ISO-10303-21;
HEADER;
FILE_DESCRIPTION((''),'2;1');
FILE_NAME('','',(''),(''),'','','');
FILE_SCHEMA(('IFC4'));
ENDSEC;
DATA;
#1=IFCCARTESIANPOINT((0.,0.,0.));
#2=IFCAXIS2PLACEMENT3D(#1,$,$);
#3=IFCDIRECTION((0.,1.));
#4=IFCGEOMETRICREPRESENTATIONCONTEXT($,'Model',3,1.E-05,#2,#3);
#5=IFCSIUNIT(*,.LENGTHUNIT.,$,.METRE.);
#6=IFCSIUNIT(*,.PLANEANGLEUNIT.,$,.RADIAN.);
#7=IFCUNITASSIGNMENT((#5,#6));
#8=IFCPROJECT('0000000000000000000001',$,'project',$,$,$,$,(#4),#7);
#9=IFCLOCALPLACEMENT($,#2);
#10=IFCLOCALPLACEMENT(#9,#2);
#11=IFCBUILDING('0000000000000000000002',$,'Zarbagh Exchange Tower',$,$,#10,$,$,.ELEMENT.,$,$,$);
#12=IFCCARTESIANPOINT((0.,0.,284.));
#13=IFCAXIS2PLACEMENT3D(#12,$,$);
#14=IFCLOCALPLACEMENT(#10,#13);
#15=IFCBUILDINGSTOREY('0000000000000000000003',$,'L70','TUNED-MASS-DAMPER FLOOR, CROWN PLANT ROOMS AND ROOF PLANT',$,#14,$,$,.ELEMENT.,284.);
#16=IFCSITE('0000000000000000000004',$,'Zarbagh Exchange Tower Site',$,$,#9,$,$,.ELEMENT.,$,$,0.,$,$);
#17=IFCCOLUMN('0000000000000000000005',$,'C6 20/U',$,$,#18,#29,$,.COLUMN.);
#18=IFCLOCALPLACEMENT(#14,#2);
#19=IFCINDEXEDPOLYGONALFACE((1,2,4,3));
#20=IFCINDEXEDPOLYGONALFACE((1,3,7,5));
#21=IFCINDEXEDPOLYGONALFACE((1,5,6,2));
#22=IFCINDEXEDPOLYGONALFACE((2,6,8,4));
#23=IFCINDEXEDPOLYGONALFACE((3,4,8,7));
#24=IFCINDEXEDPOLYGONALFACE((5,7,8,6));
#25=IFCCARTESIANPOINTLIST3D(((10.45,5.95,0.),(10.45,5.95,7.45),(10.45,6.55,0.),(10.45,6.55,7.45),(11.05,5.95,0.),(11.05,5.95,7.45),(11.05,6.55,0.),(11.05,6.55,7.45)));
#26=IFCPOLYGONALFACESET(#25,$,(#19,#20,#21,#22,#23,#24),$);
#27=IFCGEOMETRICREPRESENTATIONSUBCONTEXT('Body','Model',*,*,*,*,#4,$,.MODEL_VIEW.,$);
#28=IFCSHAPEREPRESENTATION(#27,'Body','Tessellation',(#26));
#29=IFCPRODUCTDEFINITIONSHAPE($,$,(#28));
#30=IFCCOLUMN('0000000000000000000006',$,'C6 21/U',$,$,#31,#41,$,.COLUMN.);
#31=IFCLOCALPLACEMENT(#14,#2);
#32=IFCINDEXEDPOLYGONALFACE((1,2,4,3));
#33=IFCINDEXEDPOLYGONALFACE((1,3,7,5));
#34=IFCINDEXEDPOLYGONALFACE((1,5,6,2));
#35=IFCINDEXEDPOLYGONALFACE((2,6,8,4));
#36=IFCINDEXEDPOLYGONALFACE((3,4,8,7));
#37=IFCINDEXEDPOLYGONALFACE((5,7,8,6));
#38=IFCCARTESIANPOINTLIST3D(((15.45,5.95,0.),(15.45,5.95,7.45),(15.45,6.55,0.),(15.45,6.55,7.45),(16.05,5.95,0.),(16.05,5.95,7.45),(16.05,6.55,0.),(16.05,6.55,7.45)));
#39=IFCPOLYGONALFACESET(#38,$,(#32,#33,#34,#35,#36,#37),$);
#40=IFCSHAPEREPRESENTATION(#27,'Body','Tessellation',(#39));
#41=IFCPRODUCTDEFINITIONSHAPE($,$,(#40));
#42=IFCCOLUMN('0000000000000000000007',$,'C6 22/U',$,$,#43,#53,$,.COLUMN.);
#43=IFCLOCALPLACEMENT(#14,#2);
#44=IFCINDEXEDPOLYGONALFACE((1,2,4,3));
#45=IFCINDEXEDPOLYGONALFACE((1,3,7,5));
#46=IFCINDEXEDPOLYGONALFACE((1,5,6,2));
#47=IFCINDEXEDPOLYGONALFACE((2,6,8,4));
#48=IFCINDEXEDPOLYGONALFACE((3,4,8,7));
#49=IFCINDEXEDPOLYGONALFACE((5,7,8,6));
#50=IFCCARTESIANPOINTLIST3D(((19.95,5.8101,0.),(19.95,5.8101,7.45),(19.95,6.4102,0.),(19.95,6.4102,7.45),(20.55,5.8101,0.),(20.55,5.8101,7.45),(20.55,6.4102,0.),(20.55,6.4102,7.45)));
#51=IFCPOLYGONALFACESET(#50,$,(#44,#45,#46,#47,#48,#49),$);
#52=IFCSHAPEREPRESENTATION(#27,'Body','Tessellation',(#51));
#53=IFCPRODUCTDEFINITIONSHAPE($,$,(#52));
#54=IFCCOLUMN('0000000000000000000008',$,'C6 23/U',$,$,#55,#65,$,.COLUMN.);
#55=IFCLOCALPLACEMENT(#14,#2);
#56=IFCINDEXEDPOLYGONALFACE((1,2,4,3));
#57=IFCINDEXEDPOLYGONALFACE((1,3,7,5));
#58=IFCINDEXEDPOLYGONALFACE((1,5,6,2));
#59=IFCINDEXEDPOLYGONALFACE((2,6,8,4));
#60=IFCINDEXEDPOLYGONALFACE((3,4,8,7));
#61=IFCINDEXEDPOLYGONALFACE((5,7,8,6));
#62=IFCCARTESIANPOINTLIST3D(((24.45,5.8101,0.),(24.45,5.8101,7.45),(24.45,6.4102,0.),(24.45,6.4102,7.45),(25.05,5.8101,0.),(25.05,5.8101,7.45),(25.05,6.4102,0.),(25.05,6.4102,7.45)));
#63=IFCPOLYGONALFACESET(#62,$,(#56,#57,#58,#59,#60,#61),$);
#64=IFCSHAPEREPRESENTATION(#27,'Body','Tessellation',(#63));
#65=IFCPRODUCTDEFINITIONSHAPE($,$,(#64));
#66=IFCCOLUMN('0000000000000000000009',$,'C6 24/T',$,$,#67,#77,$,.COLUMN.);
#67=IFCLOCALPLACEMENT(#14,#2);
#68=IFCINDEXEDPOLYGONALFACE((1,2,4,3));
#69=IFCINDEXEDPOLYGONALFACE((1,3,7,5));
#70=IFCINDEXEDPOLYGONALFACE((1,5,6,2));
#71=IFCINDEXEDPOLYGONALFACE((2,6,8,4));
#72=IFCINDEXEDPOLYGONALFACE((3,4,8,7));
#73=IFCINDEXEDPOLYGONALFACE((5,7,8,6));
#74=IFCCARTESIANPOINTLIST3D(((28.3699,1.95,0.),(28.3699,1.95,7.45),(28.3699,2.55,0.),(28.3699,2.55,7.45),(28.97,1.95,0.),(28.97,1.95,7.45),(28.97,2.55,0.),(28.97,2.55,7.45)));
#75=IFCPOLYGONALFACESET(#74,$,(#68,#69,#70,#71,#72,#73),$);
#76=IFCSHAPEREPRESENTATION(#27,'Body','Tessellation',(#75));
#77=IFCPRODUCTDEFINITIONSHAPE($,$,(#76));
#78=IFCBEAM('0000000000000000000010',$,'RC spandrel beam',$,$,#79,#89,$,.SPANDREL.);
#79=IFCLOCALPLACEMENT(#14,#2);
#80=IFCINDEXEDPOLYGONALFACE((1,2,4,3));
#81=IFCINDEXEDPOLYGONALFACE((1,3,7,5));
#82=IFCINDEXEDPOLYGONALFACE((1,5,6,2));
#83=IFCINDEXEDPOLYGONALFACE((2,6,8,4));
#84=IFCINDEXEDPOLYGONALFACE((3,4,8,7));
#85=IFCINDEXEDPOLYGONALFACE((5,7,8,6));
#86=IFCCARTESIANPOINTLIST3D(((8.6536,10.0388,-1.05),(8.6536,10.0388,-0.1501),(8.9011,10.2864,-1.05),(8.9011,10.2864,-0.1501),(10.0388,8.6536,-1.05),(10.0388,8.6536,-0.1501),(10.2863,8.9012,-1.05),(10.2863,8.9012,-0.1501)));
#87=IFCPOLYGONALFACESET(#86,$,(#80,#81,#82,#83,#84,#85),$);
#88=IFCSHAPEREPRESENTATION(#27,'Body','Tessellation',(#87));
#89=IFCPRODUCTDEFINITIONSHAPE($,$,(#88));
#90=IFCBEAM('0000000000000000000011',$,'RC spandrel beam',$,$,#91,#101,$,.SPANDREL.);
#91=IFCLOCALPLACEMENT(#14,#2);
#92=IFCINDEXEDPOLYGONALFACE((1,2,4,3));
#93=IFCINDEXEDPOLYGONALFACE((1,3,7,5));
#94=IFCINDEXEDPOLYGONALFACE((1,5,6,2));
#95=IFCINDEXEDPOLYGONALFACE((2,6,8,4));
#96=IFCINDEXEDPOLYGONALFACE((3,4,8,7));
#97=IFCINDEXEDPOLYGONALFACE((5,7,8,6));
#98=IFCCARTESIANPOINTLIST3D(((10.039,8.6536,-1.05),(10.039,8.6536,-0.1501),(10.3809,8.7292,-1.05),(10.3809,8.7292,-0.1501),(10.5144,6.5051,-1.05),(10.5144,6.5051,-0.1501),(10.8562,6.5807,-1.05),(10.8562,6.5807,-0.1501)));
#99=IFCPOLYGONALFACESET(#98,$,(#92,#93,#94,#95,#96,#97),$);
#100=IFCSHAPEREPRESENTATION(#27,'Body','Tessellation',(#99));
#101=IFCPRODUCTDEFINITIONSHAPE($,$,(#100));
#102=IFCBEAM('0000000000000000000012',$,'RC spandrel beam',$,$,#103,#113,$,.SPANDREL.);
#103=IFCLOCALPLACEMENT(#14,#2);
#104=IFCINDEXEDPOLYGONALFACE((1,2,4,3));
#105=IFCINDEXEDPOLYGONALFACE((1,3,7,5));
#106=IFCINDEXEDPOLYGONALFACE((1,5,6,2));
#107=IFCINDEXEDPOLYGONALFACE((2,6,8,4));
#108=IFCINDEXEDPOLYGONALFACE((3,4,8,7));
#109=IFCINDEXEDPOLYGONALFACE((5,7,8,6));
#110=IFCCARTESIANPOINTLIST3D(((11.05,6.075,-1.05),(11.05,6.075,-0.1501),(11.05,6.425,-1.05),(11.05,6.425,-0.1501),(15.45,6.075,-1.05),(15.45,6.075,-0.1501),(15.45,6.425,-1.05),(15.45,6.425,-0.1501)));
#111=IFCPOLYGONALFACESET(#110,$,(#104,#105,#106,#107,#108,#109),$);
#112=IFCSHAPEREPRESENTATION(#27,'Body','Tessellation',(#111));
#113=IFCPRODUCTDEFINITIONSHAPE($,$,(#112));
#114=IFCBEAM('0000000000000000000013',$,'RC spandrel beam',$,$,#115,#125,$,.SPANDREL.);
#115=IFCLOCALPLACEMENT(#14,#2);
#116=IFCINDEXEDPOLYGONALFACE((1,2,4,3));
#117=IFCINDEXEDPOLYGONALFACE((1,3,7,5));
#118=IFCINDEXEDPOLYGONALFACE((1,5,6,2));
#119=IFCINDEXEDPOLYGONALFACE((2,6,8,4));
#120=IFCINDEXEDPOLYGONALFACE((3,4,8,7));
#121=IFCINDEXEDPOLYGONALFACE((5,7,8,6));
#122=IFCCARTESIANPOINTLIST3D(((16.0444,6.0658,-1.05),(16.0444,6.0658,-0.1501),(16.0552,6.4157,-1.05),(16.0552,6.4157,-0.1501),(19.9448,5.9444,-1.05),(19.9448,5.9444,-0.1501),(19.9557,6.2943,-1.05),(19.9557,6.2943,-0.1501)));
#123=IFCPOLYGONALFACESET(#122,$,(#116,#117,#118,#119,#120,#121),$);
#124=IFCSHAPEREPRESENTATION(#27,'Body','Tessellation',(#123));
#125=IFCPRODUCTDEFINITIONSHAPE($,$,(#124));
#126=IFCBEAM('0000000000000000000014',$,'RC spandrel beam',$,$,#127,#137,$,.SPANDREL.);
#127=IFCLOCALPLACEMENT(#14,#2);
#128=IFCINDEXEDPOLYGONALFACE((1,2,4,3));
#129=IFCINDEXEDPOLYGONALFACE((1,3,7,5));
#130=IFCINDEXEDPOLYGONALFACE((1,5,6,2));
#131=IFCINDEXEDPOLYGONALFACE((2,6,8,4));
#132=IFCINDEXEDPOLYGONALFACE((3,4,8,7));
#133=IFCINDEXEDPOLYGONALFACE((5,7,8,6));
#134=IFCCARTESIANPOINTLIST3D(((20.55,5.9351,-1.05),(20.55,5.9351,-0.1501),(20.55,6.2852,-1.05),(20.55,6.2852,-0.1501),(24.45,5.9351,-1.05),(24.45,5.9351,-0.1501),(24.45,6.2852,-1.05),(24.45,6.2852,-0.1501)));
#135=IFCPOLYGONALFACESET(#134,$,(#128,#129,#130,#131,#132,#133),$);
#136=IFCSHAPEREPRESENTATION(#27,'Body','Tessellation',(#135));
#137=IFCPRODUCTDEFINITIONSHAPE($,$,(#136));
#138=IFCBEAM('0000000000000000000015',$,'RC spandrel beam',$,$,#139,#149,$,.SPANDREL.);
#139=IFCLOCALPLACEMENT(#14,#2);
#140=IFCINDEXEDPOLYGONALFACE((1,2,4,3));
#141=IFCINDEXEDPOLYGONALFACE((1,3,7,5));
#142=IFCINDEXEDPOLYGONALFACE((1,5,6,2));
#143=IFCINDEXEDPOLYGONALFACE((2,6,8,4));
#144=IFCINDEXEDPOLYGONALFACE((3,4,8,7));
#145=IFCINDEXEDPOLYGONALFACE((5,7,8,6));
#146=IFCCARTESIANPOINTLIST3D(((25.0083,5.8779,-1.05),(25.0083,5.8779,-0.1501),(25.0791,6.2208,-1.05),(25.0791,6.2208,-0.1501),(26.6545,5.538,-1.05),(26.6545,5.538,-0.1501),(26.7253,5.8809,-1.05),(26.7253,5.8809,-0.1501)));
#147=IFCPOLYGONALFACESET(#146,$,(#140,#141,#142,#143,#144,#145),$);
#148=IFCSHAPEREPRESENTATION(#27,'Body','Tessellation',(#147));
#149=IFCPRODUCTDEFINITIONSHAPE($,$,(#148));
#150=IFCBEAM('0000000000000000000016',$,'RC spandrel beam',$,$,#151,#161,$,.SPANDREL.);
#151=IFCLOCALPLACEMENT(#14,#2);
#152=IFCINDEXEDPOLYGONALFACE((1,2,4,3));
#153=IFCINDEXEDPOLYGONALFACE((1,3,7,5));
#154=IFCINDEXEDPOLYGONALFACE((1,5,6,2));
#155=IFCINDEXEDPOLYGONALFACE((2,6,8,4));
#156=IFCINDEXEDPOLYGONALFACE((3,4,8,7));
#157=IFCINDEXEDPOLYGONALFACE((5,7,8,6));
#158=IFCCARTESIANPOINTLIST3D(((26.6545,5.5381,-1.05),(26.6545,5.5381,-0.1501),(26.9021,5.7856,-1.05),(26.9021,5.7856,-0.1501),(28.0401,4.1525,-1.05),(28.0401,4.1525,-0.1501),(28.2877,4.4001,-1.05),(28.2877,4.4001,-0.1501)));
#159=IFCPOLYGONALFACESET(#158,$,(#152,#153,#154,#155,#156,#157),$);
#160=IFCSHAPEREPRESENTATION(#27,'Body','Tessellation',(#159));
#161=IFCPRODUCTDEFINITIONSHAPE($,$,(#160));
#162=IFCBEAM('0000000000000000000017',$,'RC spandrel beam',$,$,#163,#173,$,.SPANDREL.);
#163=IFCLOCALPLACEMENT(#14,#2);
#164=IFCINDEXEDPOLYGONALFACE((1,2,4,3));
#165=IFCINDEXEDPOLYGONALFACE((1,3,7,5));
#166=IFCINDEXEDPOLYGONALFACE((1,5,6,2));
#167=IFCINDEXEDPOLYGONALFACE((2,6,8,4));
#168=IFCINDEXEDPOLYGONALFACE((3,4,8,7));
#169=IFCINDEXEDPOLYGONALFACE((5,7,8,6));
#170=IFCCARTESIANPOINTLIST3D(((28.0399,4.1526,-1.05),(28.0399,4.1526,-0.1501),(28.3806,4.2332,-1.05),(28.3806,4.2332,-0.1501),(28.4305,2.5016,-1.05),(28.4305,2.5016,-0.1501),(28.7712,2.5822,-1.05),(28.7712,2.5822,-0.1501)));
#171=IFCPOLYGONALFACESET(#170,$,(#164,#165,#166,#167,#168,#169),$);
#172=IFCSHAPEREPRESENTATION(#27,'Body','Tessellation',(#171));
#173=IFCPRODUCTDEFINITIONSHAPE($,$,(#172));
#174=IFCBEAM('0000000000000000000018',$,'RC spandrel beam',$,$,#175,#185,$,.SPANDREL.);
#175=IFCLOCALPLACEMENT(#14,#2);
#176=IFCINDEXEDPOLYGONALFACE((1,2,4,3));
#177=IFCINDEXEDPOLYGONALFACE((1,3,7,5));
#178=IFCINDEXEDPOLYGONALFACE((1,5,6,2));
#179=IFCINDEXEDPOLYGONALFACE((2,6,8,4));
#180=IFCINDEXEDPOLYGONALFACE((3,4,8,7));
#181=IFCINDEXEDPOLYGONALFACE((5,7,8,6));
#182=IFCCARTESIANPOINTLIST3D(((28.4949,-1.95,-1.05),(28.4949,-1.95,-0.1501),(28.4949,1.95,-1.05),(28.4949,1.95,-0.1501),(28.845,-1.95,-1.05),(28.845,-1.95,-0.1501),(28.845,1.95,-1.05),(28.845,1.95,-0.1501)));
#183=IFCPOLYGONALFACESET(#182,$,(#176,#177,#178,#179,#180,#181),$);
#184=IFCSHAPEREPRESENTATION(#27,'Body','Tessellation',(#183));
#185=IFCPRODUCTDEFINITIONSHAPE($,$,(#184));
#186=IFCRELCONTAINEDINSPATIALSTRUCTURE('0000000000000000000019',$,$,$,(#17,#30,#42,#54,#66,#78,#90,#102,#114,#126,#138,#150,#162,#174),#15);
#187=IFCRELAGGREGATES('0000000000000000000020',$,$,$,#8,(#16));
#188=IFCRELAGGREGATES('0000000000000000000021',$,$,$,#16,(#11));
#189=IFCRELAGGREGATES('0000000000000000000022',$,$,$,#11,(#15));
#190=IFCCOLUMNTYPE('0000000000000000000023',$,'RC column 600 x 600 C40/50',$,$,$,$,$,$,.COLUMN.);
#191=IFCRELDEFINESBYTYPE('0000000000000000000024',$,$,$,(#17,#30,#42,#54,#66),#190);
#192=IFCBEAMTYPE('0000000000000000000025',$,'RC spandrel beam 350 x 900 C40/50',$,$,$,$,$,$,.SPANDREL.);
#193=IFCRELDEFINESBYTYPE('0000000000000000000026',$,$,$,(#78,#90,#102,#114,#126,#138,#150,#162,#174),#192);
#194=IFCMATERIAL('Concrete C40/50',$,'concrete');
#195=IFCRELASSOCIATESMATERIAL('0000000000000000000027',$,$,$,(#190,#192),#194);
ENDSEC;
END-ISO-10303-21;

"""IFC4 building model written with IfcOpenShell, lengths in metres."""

from ifc_helpers import new_model, si_unit, direction, frame, origin, origin_2d, place, context, subcontext, project, spatial, rectangle, extrude, material, material_profile, profile_set, type_object, element, save


model = new_model("IFC4")

# Units and contexts
model_context = context("Model", 3, precision=1e-05, world=origin(), true_north=direction((0.0, 1.0)))
body_context = subcontext(model_context, "Body", "Model", "MODEL_VIEW")
ifc_project = project(units=[si_unit("LENGTHUNIT", "METRE"), si_unit("PLANEANGLEUNIT", "RADIAN")], contexts=[model_context])

# Site, building, storey
site_placement = place(None, origin())
site = spatial("IfcSite", under=ifc_project, at=site_placement, Name="Zarbagh Exchange Tower Site", CompositionType="ELEMENT", RefElevation=0.0)
building_placement = place(site_placement, origin())
building = spatial("IfcBuilding", under=site, at=building_placement, Name="Zarbagh Exchange Tower", CompositionType="ELEMENT")
storey_placement = place(building_placement, frame((0.0, 0.0, 284.0)))
storey = spatial("IfcBuildingStorey", under=building, at=storey_placement, Name="L70", Description="TUNED-MASS-DAMPER FLOOR, CROWN PLANT ROOMS AND ROOF PLANT", CompositionType="ELEMENT", Elevation=284.0)

# Columns
ifc_material_1 = material(Name="Concrete C40/50", Category="concrete")
ifc_material_profile_1 = material_profile(ifc_material_1, rectangle(XDim=0.6001, YDim=0.6001, at=origin_2d()), Name="RC column 600 x 600 C40/50")
ifc_profile_set_1 = profile_set([ifc_material_profile_1], Name="Concrete C40/50")
column_type = type_object("IfcColumnType", Name="RC column 600 x 600 C40/50", PredefinedType="COLUMN", material=ifc_profile_set_1)
for number, where, z_axis, x_axis, name in (
    (1, (10.75, 6.25, 0.0), (0.0, 0.0, 1.0), (1.0, 0.0, 0.0), "C6 20/U"),
    (2, (15.75, 6.25, 0.0), (0.0, 0.0, 1.0), (1.0, 0.0, 0.0), "C6 21/U"),
    (3, (20.25, 6.1101, 0.0), (0.0, 0.0, 1.0), (1.0, 0.0, 0.0), "C6 22/U"),
    (4, (24.75, 6.1101, 0.0), (0.0, 0.0, 1.0), (1.0, 0.0, 0.0), "C6 23/U"),
    (5, (28.6699, 2.25, 0.0), (0.0, 0.0, 1.0), (1.0, 0.0, 0.0), "C6 24/T"),
):
    element("IfcColumn", number, at=place(storey_placement, frame(where, z_axis=z_axis, x_axis=x_axis)), inside=storey, type_object=column_type, Name=name, PredefinedType="COLUMN", context=body_context, shape_type="SweptSolid", body=[
        extrude(rectangle(XDim=0.6001, YDim=0.6001, at=origin_2d()), origin(), (0.0, 0.0, 1.0), 7.45),
    ])

# Beams
ifc_material_profile_2 = material_profile(ifc_material_1, rectangle(XDim=0.3501, YDim=0.8999, at=origin_2d()), Name="RC spandrel beam 350 x 900 C40/50")
ifc_profile_set_2 = profile_set([ifc_material_profile_2], Name="Concrete C40/50")
beam_type = type_object("IfcBeamType", Name="RC spandrel beam 350 x 900 C40/50", PredefinedType="SPANDREL", material=ifc_profile_set_2)
beam_1_placement = place(storey_placement, frame((8.7773, 10.1626, -0.6001), z_axis=(0.707107, -0.707107, 0.0), x_axis=(0.707107, 0.707107, 0.0)))
element("IfcBeam", 6, at=beam_1_placement, inside=storey, type_object=beam_type, Name="RC spandrel beam", PredefinedType="SPANDREL", context=body_context, shape_type="SweptSolid", body=[
    extrude(rectangle(XDim=0.3501, YDim=0.8999, at=origin_2d()), origin(), (0.0, 0.0, 1.0), 1.959),
])
beam_2_placement = place(storey_placement, frame((10.21, 8.6914, -0.6001), z_axis=(0.216026, -0.976388, 0.0), x_axis=(0.976388, 0.216026, 0.0)))
element("IfcBeam", 7, at=beam_2_placement, inside=storey, type_object=beam_type, Name="RC spandrel beam", PredefinedType="SPANDREL", context=body_context, shape_type="SweptSolid", body=[
    extrude(rectangle(XDim=0.3501, YDim=0.8999, at=origin_2d()), origin(), (0.0, 0.0, 1.0), 2.2004),
])
beam_3_placement = place(storey_placement, frame((11.05, 6.25, -0.6001), z_axis=(1.0, 0.0, 0.0), x_axis=(0.0, 1.0, 0.0)))
element("IfcBeam", 8, at=beam_3_placement, inside=storey, type_object=beam_type, Name="RC spandrel beam", PredefinedType="SPANDREL", context=body_context, shape_type="SweptSolid", body=[
    extrude(rectangle(XDim=0.3501, YDim=0.8999, at=origin_2d()), origin(), (0.0, 0.0, 1.0), 4.3999),
])
beam_4_placement = place(storey_placement, frame((16.0498, 6.2407, -0.6001), z_axis=(0.999516, -0.031094, 0.0), x_axis=(0.031094, 0.999516, 0.0)))
element("IfcBeam", 9, at=beam_4_placement, inside=storey, type_object=beam_type, Name="RC spandrel beam", PredefinedType="SPANDREL", context=body_context, shape_type="SweptSolid", body=[
    extrude(rectangle(XDim=0.3501, YDim=0.8999, at=origin_2d()), origin(), (0.0, 0.0, 1.0), 3.9023),
])
beam_5_placement = place(storey_placement, frame((20.55, 6.1101, -0.6001), z_axis=(1.0, 0.0, 0.0), x_axis=(0.0, 1.0, 0.0)))
element("IfcBeam", 10, at=beam_5_placement, inside=storey, type_object=beam_type, Name="RC spandrel beam", PredefinedType="SPANDREL", context=body_context, shape_type="SweptSolid", body=[
    extrude(rectangle(XDim=0.3501, YDim=0.8999, at=origin_2d()), origin(), (0.0, 0.0, 1.0), 3.8999),
])
beam_6_placement = place(storey_placement, frame((25.0437, 6.0493, -0.6001), z_axis=(0.97935, -0.202173, 0.0), x_axis=(0.202173, 0.97935, 0.0)))
element("IfcBeam", 11, at=beam_6_placement, inside=storey, type_object=beam_type, Name="RC spandrel beam", PredefinedType="SPANDREL", context=body_context, shape_type="SweptSolid", body=[
    extrude(rectangle(XDim=0.3501, YDim=0.8999, at=origin_2d()), origin(), (0.0, 0.0, 1.0), 1.6809),
])
beam_7_placement = place(storey_placement, frame((26.7783, 5.6619, -0.6001), z_axis=(0.707107, -0.707107, 0.0), x_axis=(0.707107, 0.707107, 0.0)))
element("IfcBeam", 12, at=beam_7_placement, inside=storey, type_object=beam_type, Name="RC spandrel beam", PredefinedType="SPANDREL", context=body_context, shape_type="SweptSolid", body=[
    extrude(rectangle(XDim=0.3501, YDim=0.8999, at=origin_2d()), origin(), (0.0, 0.0, 1.0), 1.9595),
])
beam_8_placement = place(storey_placement, frame((28.2102, 4.1929, -0.6001), z_axis=(0.230258, -0.97313, 0.0), x_axis=(0.97313, 0.230258, 0.0)))
element("IfcBeam", 13, at=beam_8_placement, inside=storey, type_object=beam_type, Name="RC spandrel beam", PredefinedType="SPANDREL", context=body_context, shape_type="SweptSolid", body=[
    extrude(rectangle(XDim=0.3501, YDim=0.8999, at=origin_2d()), origin(), (0.0, 0.0, 1.0), 1.6965),
])
beam_9_placement = place(storey_placement, frame((28.6699, 1.95, -0.6001), z_axis=(0.0, -1.0, 0.0), x_axis=(1.0, 0.0, 0.0)))
element("IfcBeam", 14, at=beam_9_placement, inside=storey, type_object=beam_type, Name="RC spandrel beam", PredefinedType="SPANDREL", context=body_context, shape_type="SweptSolid", body=[
    extrude(rectangle(XDim=0.3501, YDim=0.8999, at=origin_2d()), origin(), (0.0, 0.0, 1.0), 3.8999),
])

save(model, "model.ifc")
